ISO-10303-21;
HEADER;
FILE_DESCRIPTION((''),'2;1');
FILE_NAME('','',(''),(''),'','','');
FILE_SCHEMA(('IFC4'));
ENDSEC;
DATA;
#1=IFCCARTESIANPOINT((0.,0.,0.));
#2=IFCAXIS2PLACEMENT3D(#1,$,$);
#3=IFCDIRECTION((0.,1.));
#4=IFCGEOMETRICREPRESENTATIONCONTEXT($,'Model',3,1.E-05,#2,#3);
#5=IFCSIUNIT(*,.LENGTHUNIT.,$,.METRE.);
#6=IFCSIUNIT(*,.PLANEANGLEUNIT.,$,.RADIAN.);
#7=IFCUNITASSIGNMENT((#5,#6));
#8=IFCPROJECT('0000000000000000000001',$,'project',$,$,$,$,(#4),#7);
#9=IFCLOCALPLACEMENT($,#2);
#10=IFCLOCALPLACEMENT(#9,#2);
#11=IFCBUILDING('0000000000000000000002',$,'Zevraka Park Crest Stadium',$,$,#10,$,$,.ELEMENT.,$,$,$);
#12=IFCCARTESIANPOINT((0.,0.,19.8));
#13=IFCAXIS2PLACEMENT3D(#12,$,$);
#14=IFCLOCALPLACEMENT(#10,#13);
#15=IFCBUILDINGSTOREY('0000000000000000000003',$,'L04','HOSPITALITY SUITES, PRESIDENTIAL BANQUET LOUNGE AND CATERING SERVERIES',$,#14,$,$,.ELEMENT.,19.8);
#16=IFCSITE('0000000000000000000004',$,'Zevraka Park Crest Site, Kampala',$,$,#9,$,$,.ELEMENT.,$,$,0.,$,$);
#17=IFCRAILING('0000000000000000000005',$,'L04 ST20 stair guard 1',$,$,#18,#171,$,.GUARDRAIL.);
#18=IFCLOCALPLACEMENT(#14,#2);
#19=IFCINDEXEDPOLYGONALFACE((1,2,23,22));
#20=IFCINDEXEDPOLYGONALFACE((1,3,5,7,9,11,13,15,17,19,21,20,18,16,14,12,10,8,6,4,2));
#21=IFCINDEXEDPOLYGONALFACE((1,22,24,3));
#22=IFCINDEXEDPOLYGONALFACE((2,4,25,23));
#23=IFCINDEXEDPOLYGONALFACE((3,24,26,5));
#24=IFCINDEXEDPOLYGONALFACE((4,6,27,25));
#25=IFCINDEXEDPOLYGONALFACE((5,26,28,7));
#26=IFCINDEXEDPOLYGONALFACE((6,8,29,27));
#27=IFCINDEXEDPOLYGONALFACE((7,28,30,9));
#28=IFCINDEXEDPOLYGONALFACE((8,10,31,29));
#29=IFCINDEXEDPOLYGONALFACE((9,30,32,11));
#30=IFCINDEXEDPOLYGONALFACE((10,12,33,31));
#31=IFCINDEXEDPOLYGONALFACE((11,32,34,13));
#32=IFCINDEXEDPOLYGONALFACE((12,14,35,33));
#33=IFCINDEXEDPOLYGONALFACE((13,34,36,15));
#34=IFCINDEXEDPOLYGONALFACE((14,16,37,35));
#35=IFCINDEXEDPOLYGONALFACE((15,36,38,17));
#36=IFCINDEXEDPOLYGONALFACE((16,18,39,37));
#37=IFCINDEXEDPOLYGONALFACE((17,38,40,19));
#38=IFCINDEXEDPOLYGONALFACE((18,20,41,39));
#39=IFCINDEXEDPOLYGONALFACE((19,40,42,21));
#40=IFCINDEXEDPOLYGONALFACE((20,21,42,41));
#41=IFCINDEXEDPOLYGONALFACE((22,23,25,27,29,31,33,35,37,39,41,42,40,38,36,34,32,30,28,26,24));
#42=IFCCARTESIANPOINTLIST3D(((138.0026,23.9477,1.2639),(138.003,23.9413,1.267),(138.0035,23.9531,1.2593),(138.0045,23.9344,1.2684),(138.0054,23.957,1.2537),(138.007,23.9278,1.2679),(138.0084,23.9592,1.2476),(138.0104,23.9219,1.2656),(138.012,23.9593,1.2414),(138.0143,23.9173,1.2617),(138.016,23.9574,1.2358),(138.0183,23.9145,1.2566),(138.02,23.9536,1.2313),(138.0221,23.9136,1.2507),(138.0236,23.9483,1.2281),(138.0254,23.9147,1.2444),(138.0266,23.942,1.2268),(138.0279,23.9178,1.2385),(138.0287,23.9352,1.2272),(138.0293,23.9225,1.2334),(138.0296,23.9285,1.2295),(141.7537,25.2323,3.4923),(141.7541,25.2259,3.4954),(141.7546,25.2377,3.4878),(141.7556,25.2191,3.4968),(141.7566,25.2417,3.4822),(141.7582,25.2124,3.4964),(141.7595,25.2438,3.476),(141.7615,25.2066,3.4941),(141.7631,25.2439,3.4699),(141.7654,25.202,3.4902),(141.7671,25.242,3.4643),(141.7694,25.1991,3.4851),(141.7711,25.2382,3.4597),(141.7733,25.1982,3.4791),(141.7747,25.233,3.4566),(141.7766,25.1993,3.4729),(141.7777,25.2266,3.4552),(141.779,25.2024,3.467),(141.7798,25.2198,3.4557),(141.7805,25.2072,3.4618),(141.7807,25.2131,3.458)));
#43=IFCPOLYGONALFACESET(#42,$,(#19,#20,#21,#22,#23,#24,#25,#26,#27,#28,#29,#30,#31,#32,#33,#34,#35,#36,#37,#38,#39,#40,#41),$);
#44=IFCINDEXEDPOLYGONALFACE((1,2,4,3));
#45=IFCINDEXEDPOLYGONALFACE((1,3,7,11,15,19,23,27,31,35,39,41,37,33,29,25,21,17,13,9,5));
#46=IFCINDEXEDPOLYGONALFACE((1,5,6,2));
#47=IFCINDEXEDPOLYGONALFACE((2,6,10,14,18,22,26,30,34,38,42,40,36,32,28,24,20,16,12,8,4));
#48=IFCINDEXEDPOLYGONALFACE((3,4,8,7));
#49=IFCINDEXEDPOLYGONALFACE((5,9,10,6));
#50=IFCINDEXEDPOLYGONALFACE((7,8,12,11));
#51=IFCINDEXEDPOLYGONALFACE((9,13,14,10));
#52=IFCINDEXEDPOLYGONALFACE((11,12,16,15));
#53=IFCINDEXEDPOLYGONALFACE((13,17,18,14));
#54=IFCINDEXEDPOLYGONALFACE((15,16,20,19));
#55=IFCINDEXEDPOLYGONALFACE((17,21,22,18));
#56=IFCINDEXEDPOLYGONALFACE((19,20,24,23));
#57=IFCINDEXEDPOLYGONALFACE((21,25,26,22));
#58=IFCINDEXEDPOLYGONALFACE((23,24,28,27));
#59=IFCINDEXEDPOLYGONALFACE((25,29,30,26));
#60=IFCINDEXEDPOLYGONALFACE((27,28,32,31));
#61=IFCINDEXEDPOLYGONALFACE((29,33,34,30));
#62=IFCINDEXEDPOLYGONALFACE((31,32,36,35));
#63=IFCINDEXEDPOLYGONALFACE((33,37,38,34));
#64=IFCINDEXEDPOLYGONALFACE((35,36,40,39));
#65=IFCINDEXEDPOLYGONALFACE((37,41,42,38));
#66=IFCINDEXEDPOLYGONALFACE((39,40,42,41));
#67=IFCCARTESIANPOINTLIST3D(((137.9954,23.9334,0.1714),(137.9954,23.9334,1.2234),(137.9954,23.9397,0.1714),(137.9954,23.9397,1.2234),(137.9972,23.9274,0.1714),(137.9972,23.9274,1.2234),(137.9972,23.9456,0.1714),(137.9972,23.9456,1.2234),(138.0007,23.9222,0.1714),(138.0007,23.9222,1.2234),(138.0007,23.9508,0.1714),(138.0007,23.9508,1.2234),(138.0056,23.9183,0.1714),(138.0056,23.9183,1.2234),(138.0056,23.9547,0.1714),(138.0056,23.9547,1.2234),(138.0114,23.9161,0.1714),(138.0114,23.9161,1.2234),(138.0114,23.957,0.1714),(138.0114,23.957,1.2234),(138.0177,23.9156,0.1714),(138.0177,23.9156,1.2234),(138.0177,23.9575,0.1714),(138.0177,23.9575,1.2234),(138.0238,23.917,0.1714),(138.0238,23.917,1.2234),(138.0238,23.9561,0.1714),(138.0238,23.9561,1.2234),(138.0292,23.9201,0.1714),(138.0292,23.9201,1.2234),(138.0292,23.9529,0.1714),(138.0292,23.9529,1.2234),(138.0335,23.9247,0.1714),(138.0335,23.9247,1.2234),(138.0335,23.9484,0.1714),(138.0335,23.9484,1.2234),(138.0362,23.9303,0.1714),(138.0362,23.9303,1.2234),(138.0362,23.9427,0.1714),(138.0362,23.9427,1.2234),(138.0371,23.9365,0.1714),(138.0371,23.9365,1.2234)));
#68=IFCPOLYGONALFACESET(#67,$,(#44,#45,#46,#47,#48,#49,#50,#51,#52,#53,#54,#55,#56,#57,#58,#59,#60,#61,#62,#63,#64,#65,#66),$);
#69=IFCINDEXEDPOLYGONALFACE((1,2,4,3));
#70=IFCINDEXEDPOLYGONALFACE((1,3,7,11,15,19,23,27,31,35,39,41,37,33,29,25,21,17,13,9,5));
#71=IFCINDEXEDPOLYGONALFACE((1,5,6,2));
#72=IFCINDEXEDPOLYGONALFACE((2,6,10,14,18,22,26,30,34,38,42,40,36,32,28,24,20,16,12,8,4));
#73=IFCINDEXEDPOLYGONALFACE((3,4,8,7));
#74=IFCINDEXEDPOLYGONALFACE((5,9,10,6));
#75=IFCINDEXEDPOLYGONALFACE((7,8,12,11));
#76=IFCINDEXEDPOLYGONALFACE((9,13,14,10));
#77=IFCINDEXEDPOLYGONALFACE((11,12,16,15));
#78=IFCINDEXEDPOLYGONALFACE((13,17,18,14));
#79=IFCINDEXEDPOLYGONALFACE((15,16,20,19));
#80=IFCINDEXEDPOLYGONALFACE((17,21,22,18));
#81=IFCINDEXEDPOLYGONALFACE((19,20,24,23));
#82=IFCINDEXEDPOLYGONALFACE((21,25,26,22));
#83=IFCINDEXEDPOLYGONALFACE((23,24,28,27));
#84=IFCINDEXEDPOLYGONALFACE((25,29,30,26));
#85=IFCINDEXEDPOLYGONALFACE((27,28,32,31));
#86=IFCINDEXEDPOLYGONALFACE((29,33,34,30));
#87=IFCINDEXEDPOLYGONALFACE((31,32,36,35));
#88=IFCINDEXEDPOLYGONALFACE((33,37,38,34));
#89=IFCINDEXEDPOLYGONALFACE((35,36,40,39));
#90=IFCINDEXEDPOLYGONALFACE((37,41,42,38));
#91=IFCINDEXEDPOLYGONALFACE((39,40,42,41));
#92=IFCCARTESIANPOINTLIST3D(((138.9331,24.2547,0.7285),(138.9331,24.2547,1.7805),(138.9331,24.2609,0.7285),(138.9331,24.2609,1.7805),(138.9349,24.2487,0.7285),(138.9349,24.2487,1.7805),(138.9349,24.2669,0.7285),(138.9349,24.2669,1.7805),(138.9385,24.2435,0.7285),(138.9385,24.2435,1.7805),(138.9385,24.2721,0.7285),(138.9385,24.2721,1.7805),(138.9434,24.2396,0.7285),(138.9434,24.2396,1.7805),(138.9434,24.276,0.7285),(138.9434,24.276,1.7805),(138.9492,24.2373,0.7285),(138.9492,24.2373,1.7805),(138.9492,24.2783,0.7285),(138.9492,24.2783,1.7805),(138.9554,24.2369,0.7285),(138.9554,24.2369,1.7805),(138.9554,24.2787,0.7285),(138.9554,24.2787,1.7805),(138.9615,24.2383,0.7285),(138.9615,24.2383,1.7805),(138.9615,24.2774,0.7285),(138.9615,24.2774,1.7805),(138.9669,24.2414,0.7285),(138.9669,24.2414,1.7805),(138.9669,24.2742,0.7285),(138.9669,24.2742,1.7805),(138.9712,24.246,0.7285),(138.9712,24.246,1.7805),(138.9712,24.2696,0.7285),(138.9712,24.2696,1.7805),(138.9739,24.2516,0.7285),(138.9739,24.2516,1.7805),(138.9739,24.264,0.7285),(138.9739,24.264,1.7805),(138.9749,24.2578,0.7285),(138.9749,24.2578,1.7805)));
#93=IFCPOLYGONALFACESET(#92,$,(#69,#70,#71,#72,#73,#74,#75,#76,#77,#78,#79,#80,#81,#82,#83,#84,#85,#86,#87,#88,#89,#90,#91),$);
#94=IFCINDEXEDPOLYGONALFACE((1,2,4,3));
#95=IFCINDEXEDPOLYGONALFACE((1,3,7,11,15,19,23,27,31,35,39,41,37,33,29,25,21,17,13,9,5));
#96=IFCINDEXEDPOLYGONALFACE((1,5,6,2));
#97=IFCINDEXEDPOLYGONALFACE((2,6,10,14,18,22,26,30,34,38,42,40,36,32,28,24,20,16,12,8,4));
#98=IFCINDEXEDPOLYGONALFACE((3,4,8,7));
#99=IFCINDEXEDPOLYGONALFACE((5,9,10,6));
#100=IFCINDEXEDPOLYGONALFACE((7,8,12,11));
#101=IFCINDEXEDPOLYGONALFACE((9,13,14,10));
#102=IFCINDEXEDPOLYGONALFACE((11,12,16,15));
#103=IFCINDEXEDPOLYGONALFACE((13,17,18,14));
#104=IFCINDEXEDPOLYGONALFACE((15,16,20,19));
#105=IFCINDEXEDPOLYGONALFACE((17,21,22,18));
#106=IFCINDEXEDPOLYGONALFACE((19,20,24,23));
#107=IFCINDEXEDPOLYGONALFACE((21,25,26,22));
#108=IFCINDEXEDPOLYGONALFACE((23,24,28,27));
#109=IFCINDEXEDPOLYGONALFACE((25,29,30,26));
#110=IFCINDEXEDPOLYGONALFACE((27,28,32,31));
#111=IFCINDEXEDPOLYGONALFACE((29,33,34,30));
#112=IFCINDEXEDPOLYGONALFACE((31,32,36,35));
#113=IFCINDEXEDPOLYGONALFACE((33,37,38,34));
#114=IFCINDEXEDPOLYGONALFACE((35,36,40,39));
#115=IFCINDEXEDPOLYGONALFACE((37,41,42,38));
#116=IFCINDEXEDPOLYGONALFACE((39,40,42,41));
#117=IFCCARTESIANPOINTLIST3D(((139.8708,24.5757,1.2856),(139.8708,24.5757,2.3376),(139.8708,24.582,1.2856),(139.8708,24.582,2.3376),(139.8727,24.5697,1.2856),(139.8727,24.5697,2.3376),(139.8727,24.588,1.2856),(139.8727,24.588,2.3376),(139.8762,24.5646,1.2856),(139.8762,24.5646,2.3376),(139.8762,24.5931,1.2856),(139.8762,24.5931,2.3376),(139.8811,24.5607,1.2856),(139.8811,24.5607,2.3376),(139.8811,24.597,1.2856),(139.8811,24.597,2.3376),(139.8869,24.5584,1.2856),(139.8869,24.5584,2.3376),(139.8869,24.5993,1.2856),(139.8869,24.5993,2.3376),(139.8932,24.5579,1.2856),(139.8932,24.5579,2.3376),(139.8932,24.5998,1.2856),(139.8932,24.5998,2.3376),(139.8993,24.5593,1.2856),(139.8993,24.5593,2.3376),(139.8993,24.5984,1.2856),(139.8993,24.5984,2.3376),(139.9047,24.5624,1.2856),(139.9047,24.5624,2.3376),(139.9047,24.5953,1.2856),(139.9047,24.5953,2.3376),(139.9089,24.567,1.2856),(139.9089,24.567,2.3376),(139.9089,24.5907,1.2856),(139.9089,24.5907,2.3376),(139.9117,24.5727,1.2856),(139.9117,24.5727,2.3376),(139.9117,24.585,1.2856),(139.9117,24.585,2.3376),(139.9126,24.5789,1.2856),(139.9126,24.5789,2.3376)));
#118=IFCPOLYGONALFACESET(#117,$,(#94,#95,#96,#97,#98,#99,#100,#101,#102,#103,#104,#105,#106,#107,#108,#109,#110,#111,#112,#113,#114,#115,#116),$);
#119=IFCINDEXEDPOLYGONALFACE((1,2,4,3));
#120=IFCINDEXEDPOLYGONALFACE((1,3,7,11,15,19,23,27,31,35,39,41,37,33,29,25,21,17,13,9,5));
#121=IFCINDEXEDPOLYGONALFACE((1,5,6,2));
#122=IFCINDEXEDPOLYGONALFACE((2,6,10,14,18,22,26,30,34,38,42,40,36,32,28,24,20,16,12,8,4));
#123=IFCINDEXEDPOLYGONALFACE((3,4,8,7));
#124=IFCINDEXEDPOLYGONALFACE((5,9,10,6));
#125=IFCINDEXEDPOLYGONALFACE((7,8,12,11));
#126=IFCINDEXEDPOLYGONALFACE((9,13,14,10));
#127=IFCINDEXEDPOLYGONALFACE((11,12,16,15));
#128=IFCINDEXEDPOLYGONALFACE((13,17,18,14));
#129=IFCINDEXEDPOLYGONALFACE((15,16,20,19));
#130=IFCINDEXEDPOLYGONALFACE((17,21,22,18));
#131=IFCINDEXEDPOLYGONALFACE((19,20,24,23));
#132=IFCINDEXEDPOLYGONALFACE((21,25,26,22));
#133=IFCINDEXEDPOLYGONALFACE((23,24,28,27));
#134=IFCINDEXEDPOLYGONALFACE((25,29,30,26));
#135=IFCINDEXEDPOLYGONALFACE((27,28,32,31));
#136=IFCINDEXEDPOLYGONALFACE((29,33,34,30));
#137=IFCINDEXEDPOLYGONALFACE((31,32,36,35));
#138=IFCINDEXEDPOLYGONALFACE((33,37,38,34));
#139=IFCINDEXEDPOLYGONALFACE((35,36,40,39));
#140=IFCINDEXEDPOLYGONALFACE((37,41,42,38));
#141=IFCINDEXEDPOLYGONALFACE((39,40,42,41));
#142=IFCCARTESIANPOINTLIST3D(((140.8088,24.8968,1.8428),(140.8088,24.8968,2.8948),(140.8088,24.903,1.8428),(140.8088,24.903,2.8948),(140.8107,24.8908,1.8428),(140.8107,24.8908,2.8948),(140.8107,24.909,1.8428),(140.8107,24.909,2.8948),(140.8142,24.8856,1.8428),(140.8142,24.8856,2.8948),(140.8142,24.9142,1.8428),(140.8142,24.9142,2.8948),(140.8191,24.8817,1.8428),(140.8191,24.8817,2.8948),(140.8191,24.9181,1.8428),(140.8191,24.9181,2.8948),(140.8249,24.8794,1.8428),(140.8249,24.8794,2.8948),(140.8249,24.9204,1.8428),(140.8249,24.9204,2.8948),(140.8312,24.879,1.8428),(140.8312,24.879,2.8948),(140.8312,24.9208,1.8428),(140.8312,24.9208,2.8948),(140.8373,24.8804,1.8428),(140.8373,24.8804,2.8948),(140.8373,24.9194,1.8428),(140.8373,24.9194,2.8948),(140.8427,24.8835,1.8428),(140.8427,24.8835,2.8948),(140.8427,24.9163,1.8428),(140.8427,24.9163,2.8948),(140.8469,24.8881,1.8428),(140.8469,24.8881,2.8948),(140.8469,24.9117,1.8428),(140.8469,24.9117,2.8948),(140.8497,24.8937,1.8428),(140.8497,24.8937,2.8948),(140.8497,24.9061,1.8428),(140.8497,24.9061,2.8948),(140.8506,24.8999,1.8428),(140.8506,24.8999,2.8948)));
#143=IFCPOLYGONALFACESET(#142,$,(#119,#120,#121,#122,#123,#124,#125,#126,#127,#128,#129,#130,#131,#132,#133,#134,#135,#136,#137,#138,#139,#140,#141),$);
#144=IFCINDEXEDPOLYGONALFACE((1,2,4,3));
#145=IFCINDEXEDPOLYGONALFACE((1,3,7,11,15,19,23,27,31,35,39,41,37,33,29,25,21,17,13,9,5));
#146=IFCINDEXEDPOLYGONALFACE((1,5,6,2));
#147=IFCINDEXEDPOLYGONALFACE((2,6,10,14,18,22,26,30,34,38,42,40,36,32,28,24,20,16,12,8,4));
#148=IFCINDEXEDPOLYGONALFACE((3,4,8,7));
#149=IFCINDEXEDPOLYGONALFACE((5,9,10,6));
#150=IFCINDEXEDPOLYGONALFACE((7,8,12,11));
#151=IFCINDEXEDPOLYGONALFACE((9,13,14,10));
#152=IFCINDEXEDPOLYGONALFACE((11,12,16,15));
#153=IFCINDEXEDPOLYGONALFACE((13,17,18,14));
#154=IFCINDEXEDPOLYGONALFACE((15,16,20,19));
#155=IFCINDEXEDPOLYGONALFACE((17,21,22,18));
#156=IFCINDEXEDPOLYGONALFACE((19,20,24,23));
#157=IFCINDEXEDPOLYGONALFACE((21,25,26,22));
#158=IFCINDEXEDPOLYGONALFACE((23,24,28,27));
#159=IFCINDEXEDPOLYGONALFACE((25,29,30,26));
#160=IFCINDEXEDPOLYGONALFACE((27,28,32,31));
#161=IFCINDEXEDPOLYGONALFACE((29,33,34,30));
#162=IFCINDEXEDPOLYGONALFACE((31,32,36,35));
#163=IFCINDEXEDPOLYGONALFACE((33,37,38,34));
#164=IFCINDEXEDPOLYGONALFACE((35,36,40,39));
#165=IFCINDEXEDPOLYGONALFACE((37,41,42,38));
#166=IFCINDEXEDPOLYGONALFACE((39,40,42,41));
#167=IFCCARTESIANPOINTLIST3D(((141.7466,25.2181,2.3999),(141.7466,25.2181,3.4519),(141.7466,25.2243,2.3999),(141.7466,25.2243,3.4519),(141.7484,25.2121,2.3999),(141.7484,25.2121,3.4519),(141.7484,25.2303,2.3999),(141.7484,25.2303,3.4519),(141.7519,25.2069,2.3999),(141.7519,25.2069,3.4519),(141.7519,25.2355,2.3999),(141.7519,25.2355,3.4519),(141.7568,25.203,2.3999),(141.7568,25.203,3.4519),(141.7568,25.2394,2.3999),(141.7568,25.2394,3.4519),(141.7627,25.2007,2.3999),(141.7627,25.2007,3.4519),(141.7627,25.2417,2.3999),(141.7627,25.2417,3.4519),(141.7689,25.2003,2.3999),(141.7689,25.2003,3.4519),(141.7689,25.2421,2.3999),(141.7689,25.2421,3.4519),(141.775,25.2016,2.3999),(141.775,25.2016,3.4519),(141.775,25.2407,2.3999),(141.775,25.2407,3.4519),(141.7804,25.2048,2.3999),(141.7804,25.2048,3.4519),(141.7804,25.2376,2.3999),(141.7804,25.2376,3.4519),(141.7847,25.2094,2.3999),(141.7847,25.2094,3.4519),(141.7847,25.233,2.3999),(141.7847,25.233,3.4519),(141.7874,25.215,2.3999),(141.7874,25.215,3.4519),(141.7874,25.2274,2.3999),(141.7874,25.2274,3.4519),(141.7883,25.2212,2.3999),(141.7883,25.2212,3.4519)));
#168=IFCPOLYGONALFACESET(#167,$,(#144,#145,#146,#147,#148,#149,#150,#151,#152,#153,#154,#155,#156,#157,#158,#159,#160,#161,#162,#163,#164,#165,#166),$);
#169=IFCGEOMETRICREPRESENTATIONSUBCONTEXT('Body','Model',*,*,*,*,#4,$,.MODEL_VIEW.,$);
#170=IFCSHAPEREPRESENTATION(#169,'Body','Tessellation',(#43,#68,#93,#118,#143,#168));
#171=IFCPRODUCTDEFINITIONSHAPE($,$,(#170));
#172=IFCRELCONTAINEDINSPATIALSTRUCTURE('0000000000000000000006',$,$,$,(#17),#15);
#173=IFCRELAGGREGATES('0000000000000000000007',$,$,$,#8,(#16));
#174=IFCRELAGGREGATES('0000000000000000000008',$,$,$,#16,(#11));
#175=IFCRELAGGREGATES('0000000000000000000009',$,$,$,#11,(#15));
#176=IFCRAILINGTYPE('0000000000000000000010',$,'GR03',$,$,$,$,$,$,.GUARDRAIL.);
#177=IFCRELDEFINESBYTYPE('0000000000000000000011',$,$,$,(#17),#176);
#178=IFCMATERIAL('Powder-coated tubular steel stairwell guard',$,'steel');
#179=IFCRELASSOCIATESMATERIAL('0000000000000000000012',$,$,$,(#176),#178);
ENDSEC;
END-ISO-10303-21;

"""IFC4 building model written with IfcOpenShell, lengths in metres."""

from ifc_helpers import new_model, si_unit, direction, frame, origin, origin_2d, place, context, subcontext, project, spatial, circle, extrude, material, type_object, element, save


model = new_model("IFC4")

# Units and contexts
model_context = context("Model", 3, precision=1e-05, world=origin(), true_north=direction((0.0, 1.0)))
body_context = subcontext(model_context, "Body", "Model", "MODEL_VIEW")
ifc_project = project(units=[si_unit("LENGTHUNIT", "METRE"), si_unit("PLANEANGLEUNIT", "RADIAN")], contexts=[model_context])

# Site, building, storey
site_placement = place(None, origin())
site = spatial("IfcSite", under=ifc_project, at=site_placement, Name="Zevraka Park Crest Site, Kampala", CompositionType="ELEMENT", RefElevation=0.0)
building_placement = place(site_placement, origin())
building = spatial("IfcBuilding", under=site, at=building_placement, Name="Zevraka Park Crest Stadium", CompositionType="ELEMENT")
storey_placement = place(building_placement, frame((0.0, 0.0, 19.8)))
storey = spatial("IfcBuildingStorey", under=building, at=storey_placement, Name="L04", Description="HOSPITALITY SUITES, PRESIDENTIAL BANQUET LOUNGE AND CATERING SERVERIES", CompositionType="ELEMENT", Elevation=19.8)

# Railing
ifc_material_1 = material(Name="Powder-coated tubular steel stairwell guard", Category="steel")
railing_type_1 = type_object("IfcRailingType", Name="GR03", PredefinedType="GUARDRAIL", material=ifc_material_1)
railing_1_placement = place(storey_placement, frame((138.0161, 23.9365, 0.1714)))
element("IfcRailing", 1, at=railing_1_placement, inside=storey, type_object=railing_type_1, Name="L04 ST20 stair guard 1", PredefinedType="GUARDRAIL", context=body_context, shape_type="SweptSolid", body=[
    extrude(circle(Radius=0.0239, at=origin_2d()), frame((0.0, 0.0, 1.0762), z_axis=(0.824727, 0.282441, 0.489952), x_axis=(-0.323994, 0.946059, 0.0)), (0.0, 0.0, 1.0), 4.5483),
    extrude(circle(Radius=0.021, at=origin_2d()), origin(), (0.0, 0.0, 1.0), 1.052),
    extrude(circle(Radius=0.021, at=origin_2d()), frame((0.9377, 0.3213, 0.5571)), (0.0, 0.0, 1.0), 1.052),
    extrude(circle(Radius=0.021, at=origin_2d()), frame((1.8755, 0.6423, 1.1143)), (0.0, 0.0, 1.0), 1.052),
    extrude(circle(Radius=0.021, at=origin_2d()), frame((2.8135, 0.9634, 1.6714)), (0.0, 0.0, 1.0), 1.052),
    extrude(circle(Radius=0.021, at=origin_2d()), frame((3.7512, 1.2847, 2.2285)), (0.0, 0.0, 1.0), 1.052),
])

save(model, "model.ifc")
